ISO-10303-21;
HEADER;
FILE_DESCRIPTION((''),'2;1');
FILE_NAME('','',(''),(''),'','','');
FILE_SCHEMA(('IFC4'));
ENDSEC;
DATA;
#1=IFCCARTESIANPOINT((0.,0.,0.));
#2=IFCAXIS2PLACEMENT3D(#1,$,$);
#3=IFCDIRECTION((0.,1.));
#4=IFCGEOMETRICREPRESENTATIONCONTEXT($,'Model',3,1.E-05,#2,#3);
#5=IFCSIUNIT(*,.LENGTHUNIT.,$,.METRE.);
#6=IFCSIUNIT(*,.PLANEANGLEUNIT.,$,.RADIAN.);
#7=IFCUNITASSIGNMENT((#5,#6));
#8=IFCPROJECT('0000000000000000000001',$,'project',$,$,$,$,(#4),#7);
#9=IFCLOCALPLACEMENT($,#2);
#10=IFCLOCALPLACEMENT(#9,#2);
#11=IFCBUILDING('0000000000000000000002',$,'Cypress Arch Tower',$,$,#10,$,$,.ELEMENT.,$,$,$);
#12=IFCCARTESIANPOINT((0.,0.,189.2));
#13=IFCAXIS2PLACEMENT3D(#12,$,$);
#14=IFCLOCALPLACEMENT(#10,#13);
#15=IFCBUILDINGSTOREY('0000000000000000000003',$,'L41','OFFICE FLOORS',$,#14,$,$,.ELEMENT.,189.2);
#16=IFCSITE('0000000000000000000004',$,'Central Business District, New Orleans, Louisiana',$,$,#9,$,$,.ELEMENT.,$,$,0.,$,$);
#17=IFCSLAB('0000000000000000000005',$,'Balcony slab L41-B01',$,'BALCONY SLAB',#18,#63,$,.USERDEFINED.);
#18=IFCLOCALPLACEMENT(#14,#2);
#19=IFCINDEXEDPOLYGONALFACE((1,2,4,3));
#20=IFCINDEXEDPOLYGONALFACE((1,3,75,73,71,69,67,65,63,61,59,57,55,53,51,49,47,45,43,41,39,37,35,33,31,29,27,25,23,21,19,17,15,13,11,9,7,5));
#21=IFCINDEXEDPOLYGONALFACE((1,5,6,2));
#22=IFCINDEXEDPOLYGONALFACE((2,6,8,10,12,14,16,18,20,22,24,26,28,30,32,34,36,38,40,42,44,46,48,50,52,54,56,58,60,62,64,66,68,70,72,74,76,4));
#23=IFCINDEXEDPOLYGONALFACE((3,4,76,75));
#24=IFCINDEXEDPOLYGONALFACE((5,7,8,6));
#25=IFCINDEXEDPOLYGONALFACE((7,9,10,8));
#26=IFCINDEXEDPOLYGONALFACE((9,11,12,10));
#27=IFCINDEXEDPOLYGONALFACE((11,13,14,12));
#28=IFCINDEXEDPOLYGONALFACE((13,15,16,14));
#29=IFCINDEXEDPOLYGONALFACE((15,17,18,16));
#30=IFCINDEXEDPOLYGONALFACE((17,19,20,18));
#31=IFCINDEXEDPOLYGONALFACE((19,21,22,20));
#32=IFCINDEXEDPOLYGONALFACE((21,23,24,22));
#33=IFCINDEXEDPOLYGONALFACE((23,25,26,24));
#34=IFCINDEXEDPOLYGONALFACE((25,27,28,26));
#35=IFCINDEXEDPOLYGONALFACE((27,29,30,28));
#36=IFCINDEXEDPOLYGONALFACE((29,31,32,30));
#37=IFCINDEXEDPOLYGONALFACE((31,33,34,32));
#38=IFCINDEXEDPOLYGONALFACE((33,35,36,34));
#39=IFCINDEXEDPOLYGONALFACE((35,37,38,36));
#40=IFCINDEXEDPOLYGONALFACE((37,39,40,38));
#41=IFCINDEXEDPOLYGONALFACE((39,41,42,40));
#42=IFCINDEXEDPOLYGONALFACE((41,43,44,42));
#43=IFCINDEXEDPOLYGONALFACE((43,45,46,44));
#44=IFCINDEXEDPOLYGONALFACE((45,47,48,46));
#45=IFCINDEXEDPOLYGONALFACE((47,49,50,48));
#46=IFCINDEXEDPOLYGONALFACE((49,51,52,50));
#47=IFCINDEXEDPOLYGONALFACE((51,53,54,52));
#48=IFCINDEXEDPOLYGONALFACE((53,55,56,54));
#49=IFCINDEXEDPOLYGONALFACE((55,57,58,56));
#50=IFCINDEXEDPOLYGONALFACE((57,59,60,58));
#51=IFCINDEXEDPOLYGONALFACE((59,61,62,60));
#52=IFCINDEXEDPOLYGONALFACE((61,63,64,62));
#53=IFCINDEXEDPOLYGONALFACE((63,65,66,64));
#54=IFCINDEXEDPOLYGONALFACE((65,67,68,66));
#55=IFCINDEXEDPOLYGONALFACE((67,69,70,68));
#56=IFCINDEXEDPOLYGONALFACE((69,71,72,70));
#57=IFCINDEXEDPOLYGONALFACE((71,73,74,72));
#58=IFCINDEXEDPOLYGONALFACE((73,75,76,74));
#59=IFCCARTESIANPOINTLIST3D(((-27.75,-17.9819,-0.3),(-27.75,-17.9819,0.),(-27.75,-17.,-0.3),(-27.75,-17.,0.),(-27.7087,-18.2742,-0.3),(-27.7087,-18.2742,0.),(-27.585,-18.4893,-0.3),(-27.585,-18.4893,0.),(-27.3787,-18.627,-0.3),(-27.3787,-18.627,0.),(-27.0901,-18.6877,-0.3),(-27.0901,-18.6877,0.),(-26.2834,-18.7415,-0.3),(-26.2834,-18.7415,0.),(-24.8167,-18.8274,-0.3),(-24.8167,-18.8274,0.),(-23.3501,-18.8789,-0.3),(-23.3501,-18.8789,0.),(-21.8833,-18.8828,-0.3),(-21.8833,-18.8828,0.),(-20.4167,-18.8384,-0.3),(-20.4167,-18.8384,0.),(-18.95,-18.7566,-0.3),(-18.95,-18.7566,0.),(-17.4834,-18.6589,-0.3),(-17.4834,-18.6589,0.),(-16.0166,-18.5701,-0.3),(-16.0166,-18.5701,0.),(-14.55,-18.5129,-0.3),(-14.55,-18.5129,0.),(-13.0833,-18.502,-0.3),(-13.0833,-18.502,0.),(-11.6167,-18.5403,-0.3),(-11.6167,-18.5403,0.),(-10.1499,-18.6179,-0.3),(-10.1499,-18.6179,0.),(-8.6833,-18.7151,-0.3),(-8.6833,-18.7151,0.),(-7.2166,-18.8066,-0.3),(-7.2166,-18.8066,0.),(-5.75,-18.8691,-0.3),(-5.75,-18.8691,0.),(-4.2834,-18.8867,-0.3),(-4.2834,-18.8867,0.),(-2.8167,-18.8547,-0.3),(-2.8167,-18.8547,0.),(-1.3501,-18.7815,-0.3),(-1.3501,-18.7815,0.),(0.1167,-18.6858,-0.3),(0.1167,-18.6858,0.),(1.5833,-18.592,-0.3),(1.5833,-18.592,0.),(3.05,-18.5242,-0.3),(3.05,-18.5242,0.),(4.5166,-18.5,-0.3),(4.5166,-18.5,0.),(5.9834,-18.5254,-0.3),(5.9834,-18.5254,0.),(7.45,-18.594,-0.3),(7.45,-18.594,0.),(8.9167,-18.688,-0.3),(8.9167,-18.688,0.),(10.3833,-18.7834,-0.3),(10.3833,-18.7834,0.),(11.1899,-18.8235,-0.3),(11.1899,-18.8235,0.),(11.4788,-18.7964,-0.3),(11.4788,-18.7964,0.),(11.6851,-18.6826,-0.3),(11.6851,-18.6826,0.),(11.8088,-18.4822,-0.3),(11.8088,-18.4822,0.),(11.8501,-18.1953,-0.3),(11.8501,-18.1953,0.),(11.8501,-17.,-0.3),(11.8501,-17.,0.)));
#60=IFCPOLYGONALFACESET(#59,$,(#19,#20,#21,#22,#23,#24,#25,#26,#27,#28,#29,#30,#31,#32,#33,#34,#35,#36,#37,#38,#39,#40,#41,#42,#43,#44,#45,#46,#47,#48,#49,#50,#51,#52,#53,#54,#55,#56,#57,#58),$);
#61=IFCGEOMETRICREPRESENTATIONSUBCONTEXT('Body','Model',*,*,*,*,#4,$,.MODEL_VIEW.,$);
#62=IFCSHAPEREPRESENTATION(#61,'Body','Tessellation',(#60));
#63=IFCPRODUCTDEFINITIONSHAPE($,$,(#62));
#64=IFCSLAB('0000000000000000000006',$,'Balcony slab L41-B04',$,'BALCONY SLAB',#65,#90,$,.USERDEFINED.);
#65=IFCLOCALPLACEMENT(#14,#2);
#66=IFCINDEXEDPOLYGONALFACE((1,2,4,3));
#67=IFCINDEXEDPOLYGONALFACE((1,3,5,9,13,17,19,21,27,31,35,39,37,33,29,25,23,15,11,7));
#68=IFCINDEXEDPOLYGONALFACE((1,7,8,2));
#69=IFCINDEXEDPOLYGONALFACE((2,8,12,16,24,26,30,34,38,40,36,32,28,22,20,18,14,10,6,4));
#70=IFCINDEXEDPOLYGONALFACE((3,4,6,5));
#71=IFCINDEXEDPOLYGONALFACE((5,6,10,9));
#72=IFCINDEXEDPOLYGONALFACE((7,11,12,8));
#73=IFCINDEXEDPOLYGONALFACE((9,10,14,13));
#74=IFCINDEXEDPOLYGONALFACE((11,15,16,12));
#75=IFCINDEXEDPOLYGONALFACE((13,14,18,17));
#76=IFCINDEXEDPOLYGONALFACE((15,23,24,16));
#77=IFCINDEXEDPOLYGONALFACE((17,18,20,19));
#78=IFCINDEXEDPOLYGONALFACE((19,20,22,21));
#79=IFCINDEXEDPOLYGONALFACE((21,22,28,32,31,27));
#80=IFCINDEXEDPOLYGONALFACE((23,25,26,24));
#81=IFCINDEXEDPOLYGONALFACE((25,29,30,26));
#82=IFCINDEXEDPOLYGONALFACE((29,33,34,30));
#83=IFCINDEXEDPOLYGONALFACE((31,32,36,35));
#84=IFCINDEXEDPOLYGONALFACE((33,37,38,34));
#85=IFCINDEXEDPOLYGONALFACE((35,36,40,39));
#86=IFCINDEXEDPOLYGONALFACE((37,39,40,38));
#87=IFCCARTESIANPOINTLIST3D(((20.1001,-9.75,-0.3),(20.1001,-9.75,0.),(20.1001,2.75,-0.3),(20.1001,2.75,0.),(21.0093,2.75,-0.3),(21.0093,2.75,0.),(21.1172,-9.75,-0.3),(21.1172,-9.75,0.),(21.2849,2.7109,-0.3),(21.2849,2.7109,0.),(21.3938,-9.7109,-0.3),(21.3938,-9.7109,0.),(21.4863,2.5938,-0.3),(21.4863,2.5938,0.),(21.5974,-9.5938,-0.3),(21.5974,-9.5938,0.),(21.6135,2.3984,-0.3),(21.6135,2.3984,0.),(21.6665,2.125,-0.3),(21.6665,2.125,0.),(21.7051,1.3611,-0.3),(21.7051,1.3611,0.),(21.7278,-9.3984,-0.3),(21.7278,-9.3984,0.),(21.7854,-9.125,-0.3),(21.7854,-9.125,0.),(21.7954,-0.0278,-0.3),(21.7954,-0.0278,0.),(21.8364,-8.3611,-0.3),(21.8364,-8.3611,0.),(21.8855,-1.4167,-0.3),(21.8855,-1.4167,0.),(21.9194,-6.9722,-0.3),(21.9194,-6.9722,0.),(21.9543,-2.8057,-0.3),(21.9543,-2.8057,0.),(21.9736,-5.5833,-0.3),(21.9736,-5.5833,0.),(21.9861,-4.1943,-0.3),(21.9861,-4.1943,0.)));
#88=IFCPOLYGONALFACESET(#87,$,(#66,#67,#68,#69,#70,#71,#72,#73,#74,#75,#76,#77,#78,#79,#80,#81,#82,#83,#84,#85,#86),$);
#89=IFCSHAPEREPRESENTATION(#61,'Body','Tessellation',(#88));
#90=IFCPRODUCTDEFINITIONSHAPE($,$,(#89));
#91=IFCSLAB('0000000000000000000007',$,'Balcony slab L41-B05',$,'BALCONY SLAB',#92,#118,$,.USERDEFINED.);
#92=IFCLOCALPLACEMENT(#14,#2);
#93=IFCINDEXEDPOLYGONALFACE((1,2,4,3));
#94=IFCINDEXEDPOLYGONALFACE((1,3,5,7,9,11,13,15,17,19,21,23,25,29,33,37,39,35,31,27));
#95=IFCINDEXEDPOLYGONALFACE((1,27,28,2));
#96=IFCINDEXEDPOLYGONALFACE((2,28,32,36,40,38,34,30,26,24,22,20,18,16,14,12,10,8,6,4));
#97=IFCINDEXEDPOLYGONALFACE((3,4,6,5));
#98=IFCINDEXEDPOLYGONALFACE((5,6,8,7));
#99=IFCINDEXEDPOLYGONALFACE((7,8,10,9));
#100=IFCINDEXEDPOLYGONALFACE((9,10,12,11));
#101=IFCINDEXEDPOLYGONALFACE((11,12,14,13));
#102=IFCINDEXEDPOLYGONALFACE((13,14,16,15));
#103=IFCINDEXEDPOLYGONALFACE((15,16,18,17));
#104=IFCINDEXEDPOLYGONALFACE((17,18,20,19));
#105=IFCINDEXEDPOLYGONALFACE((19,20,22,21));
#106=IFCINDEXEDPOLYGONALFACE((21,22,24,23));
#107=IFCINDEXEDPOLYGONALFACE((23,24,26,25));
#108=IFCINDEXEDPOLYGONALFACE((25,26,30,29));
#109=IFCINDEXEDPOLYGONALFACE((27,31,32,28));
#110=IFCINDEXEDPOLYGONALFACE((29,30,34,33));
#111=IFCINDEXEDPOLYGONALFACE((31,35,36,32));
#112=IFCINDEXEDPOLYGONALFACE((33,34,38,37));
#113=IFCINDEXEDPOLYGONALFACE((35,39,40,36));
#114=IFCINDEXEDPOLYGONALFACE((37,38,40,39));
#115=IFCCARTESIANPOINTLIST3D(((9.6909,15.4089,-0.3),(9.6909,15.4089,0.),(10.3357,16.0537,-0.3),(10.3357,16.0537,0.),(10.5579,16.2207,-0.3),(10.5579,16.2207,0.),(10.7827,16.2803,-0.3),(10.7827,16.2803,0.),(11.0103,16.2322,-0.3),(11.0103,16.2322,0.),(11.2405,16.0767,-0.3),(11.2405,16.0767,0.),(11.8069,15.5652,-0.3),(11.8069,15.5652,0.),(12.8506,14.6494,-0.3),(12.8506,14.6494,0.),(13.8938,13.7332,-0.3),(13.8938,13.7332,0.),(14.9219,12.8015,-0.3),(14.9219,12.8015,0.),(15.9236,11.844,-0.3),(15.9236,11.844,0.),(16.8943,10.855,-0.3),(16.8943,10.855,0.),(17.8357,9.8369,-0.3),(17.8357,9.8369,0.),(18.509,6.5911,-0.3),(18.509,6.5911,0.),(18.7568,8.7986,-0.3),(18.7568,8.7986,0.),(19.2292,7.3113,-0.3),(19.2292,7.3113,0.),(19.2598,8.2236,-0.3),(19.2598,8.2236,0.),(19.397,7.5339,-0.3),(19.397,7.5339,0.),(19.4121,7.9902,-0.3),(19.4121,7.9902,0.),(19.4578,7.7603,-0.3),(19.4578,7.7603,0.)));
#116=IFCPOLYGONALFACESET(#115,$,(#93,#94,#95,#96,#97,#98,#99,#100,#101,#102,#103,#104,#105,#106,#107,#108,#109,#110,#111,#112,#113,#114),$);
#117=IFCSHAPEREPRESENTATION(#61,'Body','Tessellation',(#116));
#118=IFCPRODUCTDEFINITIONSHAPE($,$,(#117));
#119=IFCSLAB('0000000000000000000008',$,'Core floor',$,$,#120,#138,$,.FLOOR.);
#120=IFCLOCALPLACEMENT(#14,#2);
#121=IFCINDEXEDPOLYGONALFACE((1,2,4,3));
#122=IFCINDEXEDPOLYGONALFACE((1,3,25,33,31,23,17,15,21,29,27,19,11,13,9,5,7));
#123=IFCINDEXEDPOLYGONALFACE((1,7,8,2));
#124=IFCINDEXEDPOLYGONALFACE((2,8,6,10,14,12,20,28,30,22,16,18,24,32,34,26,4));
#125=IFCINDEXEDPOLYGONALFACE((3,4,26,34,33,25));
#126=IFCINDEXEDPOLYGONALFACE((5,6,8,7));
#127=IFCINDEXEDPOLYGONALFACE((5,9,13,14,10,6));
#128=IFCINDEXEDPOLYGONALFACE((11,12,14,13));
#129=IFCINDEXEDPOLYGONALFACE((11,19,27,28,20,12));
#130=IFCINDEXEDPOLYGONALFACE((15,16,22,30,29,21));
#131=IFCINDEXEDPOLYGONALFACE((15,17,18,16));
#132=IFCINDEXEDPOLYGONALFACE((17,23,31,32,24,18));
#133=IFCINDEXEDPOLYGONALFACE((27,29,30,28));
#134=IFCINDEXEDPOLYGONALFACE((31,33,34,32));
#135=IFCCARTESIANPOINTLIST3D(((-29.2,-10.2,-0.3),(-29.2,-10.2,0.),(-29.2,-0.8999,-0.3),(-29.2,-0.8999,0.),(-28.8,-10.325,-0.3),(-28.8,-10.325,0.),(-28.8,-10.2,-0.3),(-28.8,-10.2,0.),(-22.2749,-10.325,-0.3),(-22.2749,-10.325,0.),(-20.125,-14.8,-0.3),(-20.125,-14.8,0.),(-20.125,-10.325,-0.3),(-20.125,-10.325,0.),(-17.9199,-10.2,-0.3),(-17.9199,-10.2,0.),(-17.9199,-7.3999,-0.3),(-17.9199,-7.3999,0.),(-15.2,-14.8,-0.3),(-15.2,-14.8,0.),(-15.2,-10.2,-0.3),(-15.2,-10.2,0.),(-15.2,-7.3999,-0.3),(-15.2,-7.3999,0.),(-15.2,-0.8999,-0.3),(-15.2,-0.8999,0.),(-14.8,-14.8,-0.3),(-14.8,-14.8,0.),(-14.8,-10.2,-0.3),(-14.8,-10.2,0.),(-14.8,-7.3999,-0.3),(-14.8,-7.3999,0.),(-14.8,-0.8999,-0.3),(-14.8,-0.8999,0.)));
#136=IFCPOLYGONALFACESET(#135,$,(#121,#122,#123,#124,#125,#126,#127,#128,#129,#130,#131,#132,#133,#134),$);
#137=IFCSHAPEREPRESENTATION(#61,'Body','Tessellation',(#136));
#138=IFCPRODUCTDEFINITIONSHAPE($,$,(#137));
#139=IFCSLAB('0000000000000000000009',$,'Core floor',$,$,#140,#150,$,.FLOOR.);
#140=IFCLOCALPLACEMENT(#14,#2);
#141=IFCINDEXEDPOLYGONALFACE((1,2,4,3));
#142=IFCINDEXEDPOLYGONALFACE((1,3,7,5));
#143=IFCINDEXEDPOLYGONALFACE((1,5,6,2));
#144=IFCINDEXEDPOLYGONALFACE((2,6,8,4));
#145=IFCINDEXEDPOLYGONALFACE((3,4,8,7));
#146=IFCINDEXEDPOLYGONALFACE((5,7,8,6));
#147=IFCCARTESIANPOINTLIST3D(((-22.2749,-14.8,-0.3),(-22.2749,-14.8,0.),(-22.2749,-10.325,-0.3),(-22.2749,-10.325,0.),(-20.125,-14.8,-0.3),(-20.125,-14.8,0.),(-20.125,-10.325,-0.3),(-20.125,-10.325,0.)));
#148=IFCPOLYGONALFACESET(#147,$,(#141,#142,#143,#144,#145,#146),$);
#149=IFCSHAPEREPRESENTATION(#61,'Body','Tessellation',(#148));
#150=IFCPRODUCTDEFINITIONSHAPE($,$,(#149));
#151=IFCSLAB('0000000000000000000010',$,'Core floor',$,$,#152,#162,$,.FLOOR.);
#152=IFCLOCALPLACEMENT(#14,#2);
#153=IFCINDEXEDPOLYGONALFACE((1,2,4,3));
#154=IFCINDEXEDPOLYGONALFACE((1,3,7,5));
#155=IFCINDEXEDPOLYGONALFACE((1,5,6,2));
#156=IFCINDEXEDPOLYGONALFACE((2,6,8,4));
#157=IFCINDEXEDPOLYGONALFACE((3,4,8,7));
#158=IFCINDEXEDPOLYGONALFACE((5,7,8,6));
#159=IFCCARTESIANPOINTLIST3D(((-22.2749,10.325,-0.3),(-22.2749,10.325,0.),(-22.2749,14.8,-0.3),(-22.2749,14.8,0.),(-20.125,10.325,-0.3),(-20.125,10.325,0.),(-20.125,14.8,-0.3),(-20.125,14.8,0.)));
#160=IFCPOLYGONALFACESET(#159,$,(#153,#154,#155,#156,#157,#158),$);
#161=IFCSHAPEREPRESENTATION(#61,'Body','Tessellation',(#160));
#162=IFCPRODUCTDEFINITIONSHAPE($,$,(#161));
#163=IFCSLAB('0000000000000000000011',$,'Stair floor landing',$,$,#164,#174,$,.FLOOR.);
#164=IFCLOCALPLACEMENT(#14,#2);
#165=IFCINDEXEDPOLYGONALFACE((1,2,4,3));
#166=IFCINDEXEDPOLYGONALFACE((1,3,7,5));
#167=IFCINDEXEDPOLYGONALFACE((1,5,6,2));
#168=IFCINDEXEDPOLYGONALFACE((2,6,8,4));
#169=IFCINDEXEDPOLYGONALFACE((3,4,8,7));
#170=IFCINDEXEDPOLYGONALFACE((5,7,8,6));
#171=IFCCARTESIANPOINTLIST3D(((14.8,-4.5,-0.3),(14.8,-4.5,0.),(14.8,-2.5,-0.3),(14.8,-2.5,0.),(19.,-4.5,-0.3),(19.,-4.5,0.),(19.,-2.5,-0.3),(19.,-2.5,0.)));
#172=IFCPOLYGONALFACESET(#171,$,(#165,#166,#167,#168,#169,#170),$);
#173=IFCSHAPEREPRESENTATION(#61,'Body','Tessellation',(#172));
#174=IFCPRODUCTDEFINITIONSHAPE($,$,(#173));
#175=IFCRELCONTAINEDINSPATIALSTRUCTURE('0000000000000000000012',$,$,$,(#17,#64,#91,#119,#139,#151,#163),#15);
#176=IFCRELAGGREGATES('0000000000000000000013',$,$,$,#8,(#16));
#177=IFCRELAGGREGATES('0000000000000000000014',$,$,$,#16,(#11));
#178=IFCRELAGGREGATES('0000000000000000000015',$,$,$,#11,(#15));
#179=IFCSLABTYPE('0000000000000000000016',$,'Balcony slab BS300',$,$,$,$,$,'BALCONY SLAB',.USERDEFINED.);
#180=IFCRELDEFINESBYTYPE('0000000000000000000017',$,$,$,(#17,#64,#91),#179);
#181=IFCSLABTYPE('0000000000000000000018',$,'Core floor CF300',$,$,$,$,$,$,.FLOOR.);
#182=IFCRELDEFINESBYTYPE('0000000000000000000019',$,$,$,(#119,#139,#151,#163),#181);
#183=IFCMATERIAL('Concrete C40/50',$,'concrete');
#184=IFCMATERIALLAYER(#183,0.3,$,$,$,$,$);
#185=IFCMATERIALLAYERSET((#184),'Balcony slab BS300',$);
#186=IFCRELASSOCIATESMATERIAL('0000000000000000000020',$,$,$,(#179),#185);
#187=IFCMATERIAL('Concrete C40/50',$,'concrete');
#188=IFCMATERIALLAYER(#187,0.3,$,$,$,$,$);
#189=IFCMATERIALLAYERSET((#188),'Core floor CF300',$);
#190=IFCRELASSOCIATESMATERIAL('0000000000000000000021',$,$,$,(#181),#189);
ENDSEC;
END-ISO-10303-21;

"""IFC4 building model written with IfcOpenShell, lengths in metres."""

from ifc_helpers import new_model, si_unit, direction, frame, origin, place, context, subcontext, project, spatial, polyline, outline, extrude, material, layer, layer_set, type_object, element, save


model = new_model("IFC4")

# Units and contexts
model_context = context("Model", 3, precision=1e-05, world=origin(), true_north=direction((0.0, 1.0)))
body_context = subcontext(model_context, "Body", "Model", "MODEL_VIEW")
ifc_project = project(units=[si_unit("LENGTHUNIT", "METRE"), si_unit("PLANEANGLEUNIT", "RADIAN")], contexts=[model_context])

# Site, building, storey
site_placement = place(None, origin())
site = spatial("IfcSite", under=ifc_project, at=site_placement, Name="Central Business District, New Orleans, Louisiana", CompositionType="ELEMENT", RefElevation=0.0)
building_placement = place(site_placement, origin())
building = spatial("IfcBuilding", under=site, at=building_placement, Name="Cypress Arch Tower", CompositionType="ELEMENT")
storey_placement = place(building_placement, frame((0.0, 0.0, 189.2)))
storey = spatial("IfcBuildingStorey", under=building, at=storey_placement, Name="L41", Description="OFFICE FLOORS", CompositionType="ELEMENT", Elevation=189.2)

# Slabs
ifc_material_1 = material(Name="Concrete C40/50", Category="concrete")
ifc_layer_1 = layer(ifc_material_1, 0.3)
ifc_layer_set_1 = layer_set([ifc_layer_1], Name="Balcony slab BS300")
slab_type_1 = type_object("IfcSlabType", Name="Balcony slab BS300", ElementType="BALCONY SLAB", PredefinedType="USERDEFINED", material=ifc_layer_set_1)
slab_1_placement = place(storey_placement, frame((0.0, 0.0, -0.3)))
element("IfcSlab", 1, at=slab_1_placement, inside=storey, type_object=slab_type_1, Name="Balcony slab L41-B01", ObjectType="BALCONY SLAB", PredefinedType="USERDEFINED", context=body_context, shape_type="SweptSolid", body=[
    extrude(outline(polyline([(-27.75, -17.0), (-27.75, -17.9819), (-27.7087, -18.2742), (-27.585, -18.4893), (-27.3787, -18.627), (-27.0901, -18.6877), (-26.2834, -18.7415), (-24.8167, -18.8274), (-23.3501, -18.8789), (-21.8833, -18.8828), (-20.4167, -18.8384), (-18.95, -18.7566), (-17.4834, -18.6589), (-16.0166, -18.5701), (-14.55, -18.5129), (-13.0833, -18.502), (-11.6167, -18.5403), (-10.1499, -18.6179), (-8.6833, -18.7151), (-7.2166, -18.8066), (-5.75, -18.8691), (-4.2834, -18.8867), (-2.8167, -18.8547), (-1.3501, -18.7815), (0.1167, -18.6858), (1.5833, -18.592), (3.05, -18.5242), (4.5166, -18.5), (5.9834, -18.5254), (7.45, -18.594), (8.9167, -18.688), (10.3833, -18.7834), (11.1899, -18.8235), (11.4788, -18.7964), (11.6851, -18.6826), (11.8088, -18.4822), (11.8501, -18.1953), (11.8501, -17.0), (-27.75, -17.0)])), origin(), (0.0, 0.0, 1.0), 0.3),
])
slab_2_placement = place(storey_placement, frame((0.0, 0.0, -0.3)))
element("IfcSlab", 2, at=slab_2_placement, inside=storey, type_object=slab_type_1, Name="Balcony slab L41-B04", ObjectType="BALCONY SLAB", PredefinedType="USERDEFINED", context=body_context, shape_type="SweptSolid", body=[
    extrude(outline(polyline([(20.1001, -9.75), (21.1172, -9.75), (21.3938, -9.7109), (21.5974, -9.5938), (21.7278, -9.3984), (21.7854, -9.125), (21.8364, -8.3611), (21.9194, -6.9722), (21.9736, -5.5833), (21.9861, -4.1943), (21.9543, -2.8057), (21.8855, -1.4167), (21.7954, -0.0278), (21.7051, 1.3611), (21.6665, 2.125), (21.6135, 2.3984), (21.4863, 2.5938), (21.2849, 2.7109), (21.0093, 2.75), (20.1001, 2.75), (20.1001, -9.75)])), origin(), (0.0, 0.0, 1.0), 0.3),
])
slab_3_placement = place(storey_placement, frame((0.0, 0.0, -0.3)))
element("IfcSlab", 3, at=slab_3_placement, inside=storey, type_object=slab_type_1, Name="Balcony slab L41-B05", ObjectType="BALCONY SLAB", PredefinedType="USERDEFINED", context=body_context, shape_type="SweptSolid", body=[
    extrude(outline(polyline([(18.509, 6.5911), (19.2292, 7.3113), (19.397, 7.5339), (19.4578, 7.7603), (19.4121, 7.9902), (19.2598, 8.2236), (18.7568, 8.7986), (17.8357, 9.8369), (16.8943, 10.855), (15.9236, 11.844), (14.9219, 12.8015), (13.8938, 13.7332), (12.8506, 14.6494), (11.8069, 15.5652), (11.2405, 16.0767), (11.0103, 16.2322), (10.7827, 16.2803), (10.5579, 16.2207), (10.3357, 16.0537), (9.6909, 15.4089), (18.509, 6.5911)])), origin(), (0.0, 0.0, 1.0), 0.3),
])
ifc_material_2 = material(Name="Concrete C40/50", Category="concrete")
ifc_layer_2 = layer(ifc_material_2, 0.3)
ifc_layer_set_2 = layer_set([ifc_layer_2], Name="Core floor CF300")
slab_type_2 = type_object("IfcSlabType", Name="Core floor CF300", PredefinedType="FLOOR", material=ifc_layer_set_2)
slab_4_placement = place(storey_placement, frame((0.0, 0.0, -0.3)))
element("IfcSlab", 4, at=slab_4_placement, inside=storey, type_object=slab_type_2, Name="Core floor", PredefinedType="FLOOR", context=body_context, shape_type="SweptSolid", body=[
    extrude(outline(polyline([(-28.8, -10.2), (-29.2, -10.2), (-29.2, -0.8999), (-15.2, -0.8999), (-14.8, -0.8999), (-14.8, -7.3999), (-15.2, -7.3999), (-17.9199, -7.3999), (-17.9199, -10.2), (-15.2, -10.2), (-14.8, -10.2), (-14.8, -14.8), (-15.2, -14.8), (-20.125, -14.8), (-20.125, -10.325), (-22.2749, -10.325), (-28.8, -10.325), (-28.8, -10.2)])), origin(), (0.0, 0.0, 1.0), 0.3),
])
slab_5_placement = place(storey_placement, frame((0.0, 0.0, -0.3)))
element("IfcSlab", 5, at=slab_5_placement, inside=storey, type_object=slab_type_2, Name="Core floor", PredefinedType="FLOOR", context=body_context, shape_type="SweptSolid", body=[
    extrude(outline(polyline([(-22.2749, -10.325), (-22.2749, -14.8), (-20.125, -14.8), (-20.125, -10.325), (-22.2749, -10.325)])), origin(), (0.0, 0.0, 1.0), 0.3),
])
slab_6_placement = place(storey_placement, frame((0.0, 0.0, -0.3)))
element("IfcSlab", 6, at=slab_6_placement, inside=storey, type_object=slab_type_2, Name="Core floor", PredefinedType="FLOOR", context=body_context, shape_type="SweptSolid", body=[
    extrude(outline(polyline([(-20.125, 14.8), (-22.2749, 14.8), (-22.2749, 10.325), (-20.125, 10.325), (-20.125, 14.8)])), origin(), (0.0, 0.0, 1.0), 0.3),
])
slab_7_placement = place(storey_placement, frame((0.0, 0.0, -0.3)))
element("IfcSlab", 7, at=slab_7_placement, inside=storey, type_object=slab_type_2, Name="Stair floor landing", PredefinedType="FLOOR", context=body_context, shape_type="SweptSolid", body=[
    extrude(outline(polyline([(19.0, -4.5), (19.0, -2.5), (14.8, -2.5), (14.8, -4.5), (19.0, -4.5)])), origin(), (0.0, 0.0, 1.0), 0.3),
])

save(model, "model.ifc")
